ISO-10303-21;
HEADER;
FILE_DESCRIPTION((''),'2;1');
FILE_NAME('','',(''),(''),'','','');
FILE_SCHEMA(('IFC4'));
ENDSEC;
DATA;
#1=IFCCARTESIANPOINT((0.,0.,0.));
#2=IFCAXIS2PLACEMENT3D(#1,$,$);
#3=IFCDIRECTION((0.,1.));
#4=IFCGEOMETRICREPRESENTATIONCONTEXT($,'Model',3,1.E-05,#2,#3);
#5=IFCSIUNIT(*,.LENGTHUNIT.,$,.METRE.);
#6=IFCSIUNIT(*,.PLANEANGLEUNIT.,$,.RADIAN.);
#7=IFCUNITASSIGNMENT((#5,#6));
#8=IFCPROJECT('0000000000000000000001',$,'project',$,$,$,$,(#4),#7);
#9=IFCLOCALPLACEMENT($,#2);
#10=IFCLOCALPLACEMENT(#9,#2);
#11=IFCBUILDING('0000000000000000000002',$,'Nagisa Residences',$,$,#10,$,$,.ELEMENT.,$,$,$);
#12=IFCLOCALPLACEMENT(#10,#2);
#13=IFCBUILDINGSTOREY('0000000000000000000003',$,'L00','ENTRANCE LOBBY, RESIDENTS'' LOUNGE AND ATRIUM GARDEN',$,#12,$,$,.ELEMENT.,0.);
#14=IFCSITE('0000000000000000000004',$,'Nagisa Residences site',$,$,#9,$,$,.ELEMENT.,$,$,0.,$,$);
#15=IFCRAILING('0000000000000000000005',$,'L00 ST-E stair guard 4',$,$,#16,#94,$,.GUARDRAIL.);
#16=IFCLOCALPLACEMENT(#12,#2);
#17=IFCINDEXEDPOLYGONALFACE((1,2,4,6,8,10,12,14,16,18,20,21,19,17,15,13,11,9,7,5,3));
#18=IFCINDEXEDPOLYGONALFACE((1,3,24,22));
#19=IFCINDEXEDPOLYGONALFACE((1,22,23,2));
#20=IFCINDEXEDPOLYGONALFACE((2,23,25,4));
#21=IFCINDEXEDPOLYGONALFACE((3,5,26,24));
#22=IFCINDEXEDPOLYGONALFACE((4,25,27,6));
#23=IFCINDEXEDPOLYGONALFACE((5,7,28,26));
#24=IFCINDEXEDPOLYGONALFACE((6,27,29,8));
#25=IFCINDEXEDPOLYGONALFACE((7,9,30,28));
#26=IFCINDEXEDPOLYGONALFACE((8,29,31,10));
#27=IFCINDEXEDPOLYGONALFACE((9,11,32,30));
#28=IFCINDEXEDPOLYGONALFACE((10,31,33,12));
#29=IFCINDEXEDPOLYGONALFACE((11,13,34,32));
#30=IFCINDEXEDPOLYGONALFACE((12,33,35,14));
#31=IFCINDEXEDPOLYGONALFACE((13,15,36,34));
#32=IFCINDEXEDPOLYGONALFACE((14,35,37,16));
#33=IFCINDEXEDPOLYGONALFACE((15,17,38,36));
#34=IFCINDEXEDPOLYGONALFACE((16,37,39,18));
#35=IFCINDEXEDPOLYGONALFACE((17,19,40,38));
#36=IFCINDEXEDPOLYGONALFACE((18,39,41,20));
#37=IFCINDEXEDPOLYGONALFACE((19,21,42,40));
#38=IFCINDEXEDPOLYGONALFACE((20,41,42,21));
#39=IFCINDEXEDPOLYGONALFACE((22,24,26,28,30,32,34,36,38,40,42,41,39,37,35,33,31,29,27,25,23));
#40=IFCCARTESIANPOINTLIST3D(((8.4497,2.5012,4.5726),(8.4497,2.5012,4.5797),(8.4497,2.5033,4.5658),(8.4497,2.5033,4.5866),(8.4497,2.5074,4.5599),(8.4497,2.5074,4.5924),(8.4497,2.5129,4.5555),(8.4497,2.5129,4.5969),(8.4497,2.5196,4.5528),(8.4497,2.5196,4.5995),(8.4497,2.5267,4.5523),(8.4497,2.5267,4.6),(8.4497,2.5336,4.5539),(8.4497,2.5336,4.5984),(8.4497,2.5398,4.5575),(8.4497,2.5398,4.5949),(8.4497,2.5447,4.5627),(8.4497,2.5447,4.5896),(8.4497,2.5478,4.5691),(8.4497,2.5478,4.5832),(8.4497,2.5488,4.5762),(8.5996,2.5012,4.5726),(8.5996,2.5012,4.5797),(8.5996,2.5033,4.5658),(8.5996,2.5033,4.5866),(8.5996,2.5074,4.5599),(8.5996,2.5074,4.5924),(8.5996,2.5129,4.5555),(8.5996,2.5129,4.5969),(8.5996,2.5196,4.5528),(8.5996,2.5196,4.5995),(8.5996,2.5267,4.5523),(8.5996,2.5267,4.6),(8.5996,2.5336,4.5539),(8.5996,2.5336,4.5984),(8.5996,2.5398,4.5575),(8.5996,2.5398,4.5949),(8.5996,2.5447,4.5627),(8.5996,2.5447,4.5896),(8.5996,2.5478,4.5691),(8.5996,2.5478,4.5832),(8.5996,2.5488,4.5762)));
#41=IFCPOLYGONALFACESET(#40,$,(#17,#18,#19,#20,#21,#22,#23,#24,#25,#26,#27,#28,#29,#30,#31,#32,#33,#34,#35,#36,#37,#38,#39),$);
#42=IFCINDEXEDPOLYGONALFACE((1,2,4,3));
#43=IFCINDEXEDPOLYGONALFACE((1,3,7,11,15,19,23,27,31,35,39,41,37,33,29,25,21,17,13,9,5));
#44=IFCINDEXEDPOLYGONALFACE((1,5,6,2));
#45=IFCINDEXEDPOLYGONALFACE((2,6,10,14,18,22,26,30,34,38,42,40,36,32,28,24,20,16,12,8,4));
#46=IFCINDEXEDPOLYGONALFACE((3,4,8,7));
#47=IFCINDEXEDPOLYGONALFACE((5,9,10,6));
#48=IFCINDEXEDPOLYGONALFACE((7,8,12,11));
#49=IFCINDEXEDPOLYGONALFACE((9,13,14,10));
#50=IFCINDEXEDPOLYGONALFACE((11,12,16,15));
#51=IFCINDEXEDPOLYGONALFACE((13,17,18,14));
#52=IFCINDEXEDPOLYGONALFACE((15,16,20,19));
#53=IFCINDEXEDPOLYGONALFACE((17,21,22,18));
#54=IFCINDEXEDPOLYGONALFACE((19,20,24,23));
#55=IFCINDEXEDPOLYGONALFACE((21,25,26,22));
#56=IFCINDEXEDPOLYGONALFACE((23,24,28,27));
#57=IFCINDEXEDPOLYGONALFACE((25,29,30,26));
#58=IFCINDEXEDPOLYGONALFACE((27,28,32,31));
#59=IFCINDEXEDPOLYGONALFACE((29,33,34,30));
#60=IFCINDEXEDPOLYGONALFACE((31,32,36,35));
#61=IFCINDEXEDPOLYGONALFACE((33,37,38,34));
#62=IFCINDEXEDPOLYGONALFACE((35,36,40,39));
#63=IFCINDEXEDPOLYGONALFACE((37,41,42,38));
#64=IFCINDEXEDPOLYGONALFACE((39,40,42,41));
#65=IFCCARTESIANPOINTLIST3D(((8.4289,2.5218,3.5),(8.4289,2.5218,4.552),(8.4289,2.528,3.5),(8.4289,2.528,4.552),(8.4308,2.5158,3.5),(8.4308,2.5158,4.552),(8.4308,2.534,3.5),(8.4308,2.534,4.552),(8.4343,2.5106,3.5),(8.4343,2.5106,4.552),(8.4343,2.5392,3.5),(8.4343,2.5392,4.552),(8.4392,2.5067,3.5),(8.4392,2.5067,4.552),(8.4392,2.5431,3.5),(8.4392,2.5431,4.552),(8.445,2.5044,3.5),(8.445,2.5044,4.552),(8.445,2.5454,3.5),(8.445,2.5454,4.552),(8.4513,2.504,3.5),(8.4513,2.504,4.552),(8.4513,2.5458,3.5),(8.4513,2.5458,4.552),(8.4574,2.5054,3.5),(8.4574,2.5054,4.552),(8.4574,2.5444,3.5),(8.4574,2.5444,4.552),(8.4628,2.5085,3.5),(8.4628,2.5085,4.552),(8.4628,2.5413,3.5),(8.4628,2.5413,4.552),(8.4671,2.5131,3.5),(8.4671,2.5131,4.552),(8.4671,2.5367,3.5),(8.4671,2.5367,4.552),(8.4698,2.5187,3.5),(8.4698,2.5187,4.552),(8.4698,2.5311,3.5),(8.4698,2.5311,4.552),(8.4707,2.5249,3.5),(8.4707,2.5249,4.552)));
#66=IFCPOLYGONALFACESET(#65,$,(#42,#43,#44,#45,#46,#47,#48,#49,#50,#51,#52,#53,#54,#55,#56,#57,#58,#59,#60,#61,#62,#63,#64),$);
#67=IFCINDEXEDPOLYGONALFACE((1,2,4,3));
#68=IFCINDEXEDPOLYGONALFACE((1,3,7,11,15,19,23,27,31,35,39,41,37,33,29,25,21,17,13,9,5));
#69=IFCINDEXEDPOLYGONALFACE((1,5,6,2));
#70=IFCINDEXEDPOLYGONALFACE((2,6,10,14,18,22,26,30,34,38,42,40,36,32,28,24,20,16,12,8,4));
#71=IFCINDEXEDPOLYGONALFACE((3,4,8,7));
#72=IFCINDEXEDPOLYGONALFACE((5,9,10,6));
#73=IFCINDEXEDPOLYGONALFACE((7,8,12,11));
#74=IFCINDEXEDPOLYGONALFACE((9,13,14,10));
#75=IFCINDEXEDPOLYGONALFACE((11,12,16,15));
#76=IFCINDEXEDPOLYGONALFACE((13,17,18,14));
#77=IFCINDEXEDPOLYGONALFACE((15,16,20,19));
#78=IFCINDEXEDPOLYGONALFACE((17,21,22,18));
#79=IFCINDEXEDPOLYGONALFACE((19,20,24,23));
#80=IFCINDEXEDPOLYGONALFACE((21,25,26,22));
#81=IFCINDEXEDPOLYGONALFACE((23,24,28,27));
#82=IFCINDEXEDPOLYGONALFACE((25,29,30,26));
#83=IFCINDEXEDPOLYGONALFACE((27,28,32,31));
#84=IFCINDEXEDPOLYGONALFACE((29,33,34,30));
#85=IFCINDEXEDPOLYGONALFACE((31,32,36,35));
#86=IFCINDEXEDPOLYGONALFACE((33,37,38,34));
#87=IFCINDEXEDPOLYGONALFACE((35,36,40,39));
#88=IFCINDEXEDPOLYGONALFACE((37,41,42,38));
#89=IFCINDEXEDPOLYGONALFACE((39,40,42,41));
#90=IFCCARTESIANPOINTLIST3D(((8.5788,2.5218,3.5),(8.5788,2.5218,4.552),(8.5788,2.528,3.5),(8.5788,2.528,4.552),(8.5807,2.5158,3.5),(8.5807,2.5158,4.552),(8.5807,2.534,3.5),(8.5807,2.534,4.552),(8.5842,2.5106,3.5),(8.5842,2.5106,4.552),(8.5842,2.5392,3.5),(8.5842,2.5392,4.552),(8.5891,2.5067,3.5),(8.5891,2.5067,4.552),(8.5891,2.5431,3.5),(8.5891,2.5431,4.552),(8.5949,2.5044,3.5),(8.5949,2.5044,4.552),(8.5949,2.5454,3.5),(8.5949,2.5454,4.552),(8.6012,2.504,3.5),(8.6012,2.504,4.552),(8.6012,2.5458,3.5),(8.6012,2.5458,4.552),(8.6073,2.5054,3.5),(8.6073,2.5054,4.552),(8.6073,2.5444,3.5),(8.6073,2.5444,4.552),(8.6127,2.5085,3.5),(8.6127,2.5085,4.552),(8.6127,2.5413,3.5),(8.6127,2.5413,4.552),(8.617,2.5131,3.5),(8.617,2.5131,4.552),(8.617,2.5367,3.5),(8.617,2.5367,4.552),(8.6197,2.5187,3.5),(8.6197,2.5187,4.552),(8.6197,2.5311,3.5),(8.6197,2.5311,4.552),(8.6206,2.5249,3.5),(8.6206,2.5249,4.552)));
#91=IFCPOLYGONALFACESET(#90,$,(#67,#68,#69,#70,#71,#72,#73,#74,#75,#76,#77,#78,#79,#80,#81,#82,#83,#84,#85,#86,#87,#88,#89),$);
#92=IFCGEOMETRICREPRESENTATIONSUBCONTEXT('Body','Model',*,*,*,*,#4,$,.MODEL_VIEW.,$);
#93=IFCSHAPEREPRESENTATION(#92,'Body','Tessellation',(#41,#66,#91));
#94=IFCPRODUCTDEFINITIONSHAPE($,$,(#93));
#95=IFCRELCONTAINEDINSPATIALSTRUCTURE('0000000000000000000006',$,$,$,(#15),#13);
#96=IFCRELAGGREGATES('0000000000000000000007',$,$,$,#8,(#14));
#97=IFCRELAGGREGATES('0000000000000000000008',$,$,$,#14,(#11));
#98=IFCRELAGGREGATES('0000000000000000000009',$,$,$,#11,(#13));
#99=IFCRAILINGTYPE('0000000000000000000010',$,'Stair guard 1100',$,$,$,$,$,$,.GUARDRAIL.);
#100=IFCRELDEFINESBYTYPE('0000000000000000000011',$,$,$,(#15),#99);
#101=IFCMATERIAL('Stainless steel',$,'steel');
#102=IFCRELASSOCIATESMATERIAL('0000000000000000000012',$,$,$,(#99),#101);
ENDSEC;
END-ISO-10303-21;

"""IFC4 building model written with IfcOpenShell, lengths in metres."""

from ifc_helpers import new_model, si_unit, direction, frame, origin, origin_2d, place, context, subcontext, project, spatial, circle, extrude, material, type_object, element, save


model = new_model("IFC4")

# Units and contexts
model_context = context("Model", 3, precision=1e-05, world=origin(), true_north=direction((0.0, 1.0)))
body_context = subcontext(model_context, "Body", "Model", "MODEL_VIEW")
ifc_project = project(units=[si_unit("LENGTHUNIT", "METRE"), si_unit("PLANEANGLEUNIT", "RADIAN")], contexts=[model_context])

# Site, building, storey
site_placement = place(None, origin())
site = spatial("IfcSite", under=ifc_project, at=site_placement, Name="Nagisa Residences site", CompositionType="ELEMENT", RefElevation=0.0)
building_placement = place(site_placement, origin())
building = spatial("IfcBuilding", under=site, at=building_placement, Name="Nagisa Residences", CompositionType="ELEMENT")
storey_placement = place(building_placement, origin())
storey = spatial("IfcBuildingStorey", under=building, at=storey_placement, Name="L00", Description="ENTRANCE LOBBY, RESIDENTS' LOUNGE AND ATRIUM GARDEN", CompositionType="ELEMENT", Elevation=0.0)

# Railing
ifc_material_1 = material(Name="Stainless steel", Category="steel")
railing_type_1 = type_object("IfcRailingType", Name="Stair guard 1100", PredefinedType="GUARDRAIL", material=ifc_material_1)
railing_1_placement = place(storey_placement, frame((8.4497, 2.5249, 3.5)))
element("IfcRailing", 1, at=railing_1_placement, inside=storey, type_object=railing_type_1, Name="L00 ST-E stair guard 4", PredefinedType="GUARDRAIL", context=body_context, shape_type="SweptSolid", body=[
    extrude(circle(Radius=0.0239, at=origin_2d()), frame((0.0, 0.0, 1.0762), z_axis=(1.0, 0.0, 0.0), x_axis=(0.0, 1.0, 0.0)), (0.0, 0.0, 1.0), 0.1499),
    extrude(circle(Radius=0.021, at=origin_2d()), origin(), (0.0, 0.0, 1.0), 1.052),
    extrude(circle(Radius=0.021, at=origin_2d()), frame((0.1499, 0.0, 0.0)), (0.0, 0.0, 1.0), 1.052),
])

save(model, "model.ifc")
